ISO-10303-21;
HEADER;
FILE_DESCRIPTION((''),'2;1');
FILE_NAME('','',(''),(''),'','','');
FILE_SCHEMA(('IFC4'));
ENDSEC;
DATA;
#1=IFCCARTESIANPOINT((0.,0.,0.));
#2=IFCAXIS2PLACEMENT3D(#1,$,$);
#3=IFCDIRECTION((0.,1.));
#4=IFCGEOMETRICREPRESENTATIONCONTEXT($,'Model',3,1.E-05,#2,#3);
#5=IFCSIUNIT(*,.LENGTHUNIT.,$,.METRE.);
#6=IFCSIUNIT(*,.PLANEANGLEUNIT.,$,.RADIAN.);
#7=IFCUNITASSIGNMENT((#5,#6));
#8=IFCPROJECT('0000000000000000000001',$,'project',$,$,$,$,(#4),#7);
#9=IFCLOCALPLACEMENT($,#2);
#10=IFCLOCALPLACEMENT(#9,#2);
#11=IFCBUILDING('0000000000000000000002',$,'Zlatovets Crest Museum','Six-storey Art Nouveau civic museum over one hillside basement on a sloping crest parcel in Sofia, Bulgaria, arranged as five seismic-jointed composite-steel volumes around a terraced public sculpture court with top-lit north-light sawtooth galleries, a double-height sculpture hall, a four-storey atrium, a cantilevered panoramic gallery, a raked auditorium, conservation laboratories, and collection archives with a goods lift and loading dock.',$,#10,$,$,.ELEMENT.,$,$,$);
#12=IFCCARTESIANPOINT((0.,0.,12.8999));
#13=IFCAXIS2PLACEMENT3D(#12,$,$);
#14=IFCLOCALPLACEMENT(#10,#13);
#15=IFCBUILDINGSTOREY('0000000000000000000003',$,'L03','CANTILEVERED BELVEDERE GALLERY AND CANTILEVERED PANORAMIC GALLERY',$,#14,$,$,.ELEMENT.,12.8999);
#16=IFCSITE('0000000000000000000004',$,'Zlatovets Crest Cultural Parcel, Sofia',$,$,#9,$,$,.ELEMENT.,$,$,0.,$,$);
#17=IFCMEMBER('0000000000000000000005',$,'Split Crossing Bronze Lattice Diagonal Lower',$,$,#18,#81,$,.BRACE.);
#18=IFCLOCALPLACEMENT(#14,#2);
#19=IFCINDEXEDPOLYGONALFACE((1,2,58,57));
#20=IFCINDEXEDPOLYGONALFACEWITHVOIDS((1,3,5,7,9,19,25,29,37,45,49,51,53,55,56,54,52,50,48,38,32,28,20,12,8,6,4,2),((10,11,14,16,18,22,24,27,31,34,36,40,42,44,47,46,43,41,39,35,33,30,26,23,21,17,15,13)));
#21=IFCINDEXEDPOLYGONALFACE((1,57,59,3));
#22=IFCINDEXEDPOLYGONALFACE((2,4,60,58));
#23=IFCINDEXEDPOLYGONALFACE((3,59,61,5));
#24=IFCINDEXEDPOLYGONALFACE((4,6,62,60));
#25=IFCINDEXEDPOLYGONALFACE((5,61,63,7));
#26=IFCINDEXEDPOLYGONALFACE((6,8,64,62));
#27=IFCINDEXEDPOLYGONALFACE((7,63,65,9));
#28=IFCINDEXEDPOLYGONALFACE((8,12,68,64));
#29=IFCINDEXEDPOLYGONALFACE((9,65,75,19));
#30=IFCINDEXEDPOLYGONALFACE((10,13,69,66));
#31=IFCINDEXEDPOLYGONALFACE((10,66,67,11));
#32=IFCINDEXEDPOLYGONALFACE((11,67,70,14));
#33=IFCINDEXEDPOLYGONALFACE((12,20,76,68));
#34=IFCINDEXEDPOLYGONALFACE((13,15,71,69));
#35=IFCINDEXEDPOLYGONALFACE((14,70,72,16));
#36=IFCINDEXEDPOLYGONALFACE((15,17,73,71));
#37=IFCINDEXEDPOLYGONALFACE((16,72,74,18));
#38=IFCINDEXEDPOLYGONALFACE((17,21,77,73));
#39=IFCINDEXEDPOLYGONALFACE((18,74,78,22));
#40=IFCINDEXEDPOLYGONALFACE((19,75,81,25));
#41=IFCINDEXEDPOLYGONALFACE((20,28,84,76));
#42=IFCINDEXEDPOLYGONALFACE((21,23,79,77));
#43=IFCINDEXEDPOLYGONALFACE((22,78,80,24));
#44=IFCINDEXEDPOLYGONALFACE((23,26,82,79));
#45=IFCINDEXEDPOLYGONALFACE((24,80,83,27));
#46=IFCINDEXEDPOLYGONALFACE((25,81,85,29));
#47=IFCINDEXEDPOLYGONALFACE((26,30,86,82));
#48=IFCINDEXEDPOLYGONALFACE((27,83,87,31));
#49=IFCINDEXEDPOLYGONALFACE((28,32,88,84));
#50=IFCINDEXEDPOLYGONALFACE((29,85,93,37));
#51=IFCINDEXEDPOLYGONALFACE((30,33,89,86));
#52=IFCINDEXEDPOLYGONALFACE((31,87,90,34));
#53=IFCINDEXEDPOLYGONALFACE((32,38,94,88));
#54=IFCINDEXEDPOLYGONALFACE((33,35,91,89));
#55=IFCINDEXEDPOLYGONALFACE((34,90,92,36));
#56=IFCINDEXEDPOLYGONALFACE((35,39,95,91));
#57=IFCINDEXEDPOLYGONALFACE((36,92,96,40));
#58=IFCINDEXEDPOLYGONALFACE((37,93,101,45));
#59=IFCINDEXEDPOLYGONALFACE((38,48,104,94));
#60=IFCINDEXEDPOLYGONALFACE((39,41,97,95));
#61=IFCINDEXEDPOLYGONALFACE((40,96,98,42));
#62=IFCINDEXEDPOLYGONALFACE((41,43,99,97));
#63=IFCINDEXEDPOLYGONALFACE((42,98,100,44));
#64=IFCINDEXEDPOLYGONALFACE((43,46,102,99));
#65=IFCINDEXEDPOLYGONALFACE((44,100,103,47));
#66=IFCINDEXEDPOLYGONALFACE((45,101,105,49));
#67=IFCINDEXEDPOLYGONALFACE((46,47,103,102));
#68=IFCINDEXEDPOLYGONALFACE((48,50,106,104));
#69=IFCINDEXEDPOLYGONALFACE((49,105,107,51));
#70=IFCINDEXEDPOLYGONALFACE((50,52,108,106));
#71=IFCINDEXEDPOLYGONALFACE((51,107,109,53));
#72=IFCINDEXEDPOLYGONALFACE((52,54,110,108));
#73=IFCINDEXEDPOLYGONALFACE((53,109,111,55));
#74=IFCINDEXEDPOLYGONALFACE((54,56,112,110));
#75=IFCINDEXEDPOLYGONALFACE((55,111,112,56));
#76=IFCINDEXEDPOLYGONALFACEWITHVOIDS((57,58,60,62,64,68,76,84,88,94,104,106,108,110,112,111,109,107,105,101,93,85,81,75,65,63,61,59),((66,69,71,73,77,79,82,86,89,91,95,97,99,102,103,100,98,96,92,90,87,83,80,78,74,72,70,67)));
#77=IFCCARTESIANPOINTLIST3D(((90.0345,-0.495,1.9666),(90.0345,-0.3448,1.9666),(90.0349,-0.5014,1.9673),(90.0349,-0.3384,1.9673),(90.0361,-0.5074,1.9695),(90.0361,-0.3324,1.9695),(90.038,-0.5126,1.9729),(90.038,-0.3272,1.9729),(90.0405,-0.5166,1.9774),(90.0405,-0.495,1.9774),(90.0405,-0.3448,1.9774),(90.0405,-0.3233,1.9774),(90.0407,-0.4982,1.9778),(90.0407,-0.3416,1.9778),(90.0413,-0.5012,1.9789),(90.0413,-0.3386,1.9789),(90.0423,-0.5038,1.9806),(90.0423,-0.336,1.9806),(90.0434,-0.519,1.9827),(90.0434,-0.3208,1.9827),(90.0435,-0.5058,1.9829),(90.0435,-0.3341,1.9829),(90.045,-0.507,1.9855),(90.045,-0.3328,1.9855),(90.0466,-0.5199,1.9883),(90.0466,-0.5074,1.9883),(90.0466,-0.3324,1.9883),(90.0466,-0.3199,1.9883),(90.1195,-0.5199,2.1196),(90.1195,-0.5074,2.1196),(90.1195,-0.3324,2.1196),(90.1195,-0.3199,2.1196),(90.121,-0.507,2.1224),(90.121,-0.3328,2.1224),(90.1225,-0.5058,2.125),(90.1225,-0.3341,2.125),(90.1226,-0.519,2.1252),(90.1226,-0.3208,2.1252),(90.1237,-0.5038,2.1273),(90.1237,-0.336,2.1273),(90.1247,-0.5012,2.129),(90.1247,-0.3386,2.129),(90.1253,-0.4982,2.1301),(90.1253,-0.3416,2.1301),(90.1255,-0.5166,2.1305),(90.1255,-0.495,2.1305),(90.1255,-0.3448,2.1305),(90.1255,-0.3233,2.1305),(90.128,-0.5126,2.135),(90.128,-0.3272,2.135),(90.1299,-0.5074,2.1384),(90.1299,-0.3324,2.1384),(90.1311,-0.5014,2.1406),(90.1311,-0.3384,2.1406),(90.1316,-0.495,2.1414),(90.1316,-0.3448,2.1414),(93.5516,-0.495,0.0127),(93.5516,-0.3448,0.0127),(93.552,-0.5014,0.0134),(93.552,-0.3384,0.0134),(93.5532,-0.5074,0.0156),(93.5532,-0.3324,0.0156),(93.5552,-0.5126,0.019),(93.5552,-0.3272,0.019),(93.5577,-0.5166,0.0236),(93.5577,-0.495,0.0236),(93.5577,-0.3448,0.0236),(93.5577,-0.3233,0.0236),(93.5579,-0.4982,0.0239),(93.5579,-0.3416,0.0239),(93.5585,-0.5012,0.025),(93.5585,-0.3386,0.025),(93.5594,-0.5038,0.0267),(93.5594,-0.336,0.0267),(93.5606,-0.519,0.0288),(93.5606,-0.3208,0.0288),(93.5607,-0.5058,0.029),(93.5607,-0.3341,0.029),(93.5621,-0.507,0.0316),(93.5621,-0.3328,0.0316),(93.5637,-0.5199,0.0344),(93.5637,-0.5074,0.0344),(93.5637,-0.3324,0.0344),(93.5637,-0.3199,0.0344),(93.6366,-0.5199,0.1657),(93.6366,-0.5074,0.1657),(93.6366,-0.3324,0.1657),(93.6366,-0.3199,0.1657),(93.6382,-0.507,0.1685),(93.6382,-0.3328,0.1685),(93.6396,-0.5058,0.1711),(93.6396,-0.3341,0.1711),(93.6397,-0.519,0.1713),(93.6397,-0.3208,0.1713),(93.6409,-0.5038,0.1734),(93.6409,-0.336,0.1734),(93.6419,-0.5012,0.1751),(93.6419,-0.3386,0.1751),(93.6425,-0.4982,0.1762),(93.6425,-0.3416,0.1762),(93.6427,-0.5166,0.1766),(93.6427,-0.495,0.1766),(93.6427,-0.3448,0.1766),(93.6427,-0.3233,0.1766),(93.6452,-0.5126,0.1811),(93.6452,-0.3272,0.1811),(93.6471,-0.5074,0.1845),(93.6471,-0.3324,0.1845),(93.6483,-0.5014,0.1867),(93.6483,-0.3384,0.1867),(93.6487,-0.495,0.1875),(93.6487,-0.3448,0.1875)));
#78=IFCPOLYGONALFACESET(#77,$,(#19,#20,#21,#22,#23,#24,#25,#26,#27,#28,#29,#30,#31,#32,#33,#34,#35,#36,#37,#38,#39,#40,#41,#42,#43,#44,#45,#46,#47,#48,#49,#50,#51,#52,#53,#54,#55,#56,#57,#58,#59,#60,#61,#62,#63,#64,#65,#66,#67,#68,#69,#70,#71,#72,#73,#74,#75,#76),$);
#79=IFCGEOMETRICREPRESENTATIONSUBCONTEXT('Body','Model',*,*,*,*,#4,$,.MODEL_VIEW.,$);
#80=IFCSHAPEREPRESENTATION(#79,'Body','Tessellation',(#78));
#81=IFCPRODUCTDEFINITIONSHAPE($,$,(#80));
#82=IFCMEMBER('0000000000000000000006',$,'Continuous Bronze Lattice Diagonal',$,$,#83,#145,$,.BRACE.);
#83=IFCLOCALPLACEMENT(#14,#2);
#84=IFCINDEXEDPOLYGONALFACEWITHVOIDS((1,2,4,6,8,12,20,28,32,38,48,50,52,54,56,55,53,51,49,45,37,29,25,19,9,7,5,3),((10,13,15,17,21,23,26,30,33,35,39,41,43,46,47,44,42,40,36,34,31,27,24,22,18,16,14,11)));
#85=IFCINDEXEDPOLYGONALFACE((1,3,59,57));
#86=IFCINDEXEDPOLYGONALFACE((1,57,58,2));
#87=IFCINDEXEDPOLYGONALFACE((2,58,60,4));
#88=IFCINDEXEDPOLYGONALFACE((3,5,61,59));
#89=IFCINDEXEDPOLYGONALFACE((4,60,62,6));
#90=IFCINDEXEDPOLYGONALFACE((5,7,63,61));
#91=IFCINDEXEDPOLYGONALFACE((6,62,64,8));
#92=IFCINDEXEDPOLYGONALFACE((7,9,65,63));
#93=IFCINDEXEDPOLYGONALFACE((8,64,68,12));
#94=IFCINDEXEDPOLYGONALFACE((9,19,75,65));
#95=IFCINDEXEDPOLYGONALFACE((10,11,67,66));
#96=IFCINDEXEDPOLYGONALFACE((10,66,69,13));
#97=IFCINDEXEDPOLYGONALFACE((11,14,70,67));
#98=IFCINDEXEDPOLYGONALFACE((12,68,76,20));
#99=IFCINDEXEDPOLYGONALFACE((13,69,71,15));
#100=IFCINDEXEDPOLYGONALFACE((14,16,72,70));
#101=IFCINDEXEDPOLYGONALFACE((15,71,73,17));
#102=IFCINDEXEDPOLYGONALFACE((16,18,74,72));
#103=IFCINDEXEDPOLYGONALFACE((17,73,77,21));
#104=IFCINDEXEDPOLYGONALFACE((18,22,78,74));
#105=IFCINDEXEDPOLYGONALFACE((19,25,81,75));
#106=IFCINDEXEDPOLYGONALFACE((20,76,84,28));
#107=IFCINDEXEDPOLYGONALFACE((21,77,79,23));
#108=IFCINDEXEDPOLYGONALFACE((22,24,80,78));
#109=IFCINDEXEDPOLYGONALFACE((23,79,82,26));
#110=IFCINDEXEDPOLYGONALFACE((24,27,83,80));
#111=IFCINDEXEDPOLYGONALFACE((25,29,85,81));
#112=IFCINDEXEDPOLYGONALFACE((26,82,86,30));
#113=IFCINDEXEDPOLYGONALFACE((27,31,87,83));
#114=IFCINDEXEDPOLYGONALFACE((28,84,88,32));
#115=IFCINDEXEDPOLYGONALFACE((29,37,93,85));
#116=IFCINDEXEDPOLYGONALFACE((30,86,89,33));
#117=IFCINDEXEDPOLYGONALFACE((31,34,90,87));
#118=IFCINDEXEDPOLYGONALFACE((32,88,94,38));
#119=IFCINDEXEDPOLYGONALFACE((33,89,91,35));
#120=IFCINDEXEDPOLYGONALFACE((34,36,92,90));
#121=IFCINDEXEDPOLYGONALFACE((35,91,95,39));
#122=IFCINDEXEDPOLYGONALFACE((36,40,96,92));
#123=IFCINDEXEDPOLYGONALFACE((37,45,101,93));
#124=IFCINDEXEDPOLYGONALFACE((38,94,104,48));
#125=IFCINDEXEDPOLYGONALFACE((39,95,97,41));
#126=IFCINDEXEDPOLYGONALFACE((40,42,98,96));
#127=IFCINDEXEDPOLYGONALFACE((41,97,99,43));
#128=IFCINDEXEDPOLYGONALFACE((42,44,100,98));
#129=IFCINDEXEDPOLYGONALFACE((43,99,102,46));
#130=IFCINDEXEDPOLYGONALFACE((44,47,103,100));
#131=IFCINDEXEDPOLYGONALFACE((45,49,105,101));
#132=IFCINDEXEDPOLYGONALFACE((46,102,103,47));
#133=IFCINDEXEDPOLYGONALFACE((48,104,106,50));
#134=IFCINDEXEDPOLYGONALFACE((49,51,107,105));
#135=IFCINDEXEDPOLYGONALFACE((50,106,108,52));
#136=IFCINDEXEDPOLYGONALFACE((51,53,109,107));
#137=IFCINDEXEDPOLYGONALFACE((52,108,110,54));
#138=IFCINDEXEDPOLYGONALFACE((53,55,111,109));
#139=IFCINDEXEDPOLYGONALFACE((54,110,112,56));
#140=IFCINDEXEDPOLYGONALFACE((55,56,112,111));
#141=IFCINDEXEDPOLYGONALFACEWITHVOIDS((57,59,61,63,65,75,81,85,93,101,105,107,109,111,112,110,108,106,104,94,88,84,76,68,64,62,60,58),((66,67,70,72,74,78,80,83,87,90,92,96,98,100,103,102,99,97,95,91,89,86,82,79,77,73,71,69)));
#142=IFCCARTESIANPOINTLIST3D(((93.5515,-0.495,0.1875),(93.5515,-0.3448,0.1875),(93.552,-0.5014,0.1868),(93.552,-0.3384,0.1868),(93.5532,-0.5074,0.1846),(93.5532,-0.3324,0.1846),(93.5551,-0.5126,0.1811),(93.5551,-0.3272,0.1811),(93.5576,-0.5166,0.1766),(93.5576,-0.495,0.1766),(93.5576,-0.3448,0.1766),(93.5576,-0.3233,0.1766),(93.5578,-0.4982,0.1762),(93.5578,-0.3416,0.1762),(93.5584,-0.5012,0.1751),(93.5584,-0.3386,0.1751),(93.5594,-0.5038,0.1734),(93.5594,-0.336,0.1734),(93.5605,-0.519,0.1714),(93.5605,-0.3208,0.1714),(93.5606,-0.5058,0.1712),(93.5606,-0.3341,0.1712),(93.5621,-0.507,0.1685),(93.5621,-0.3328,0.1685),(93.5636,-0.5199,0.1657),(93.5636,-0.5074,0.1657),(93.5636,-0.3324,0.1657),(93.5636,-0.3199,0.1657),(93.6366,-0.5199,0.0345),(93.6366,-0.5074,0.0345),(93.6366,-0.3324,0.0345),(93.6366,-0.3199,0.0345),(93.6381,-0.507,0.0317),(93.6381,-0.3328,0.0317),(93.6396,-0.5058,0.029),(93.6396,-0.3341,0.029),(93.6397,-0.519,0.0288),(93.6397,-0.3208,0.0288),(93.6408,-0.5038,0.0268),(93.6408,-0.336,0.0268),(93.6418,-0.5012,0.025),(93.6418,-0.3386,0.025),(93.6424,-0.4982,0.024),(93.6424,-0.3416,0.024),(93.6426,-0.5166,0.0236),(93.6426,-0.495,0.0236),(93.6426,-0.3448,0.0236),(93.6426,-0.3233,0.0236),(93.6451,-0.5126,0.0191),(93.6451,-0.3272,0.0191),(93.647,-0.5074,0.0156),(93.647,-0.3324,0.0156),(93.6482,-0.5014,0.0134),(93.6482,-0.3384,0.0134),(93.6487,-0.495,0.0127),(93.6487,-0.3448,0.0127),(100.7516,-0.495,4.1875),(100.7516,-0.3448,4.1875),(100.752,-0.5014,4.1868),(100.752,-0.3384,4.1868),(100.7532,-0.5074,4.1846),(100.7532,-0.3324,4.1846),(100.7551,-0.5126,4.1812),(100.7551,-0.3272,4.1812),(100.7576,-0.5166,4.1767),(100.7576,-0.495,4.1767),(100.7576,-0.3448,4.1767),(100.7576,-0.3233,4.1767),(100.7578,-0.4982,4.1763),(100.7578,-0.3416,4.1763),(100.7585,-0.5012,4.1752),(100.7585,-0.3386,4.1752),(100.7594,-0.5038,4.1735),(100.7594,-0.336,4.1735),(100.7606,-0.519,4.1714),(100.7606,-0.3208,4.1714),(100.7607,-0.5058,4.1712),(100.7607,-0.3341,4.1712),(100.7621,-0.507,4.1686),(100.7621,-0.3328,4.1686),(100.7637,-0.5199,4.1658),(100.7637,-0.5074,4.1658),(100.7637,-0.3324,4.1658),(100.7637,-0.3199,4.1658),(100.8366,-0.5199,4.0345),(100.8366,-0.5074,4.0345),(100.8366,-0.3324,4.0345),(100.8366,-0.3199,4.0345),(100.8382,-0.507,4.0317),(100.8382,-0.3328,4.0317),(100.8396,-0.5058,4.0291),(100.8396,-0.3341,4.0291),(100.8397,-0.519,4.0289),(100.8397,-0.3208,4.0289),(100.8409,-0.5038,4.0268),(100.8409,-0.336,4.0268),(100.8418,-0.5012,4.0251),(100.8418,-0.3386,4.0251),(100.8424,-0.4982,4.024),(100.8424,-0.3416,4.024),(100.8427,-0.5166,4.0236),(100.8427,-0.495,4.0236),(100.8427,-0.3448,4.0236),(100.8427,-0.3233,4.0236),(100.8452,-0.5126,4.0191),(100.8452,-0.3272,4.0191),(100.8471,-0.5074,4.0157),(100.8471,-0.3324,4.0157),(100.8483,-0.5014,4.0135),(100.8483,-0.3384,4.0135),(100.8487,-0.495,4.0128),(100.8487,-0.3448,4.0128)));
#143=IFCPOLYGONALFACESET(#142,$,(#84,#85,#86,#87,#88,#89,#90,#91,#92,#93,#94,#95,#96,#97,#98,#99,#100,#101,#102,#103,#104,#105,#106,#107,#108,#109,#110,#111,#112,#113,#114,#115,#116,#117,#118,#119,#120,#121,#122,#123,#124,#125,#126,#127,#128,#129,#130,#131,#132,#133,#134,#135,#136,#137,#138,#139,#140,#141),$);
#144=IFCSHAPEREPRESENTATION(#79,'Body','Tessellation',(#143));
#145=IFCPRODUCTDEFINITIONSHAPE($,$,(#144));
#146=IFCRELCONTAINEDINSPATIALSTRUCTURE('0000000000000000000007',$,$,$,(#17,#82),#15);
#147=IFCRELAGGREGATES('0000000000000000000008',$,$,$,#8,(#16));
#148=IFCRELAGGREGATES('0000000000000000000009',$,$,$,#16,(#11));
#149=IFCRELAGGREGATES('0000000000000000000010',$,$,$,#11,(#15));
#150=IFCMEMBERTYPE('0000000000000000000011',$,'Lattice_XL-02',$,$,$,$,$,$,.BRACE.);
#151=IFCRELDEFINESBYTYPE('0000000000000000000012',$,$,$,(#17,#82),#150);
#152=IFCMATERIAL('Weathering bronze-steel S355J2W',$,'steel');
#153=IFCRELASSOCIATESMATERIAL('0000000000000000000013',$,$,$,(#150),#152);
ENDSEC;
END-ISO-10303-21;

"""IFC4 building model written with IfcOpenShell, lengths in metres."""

from ifc_helpers import new_model, si_unit, direction, frame, origin, origin_2d, place, context, subcontext, project, spatial, hollow_rectangle, extrude, material, material_profile, profile_set, type_object, element, save


model = new_model("IFC4")

# Units and contexts
model_context = context("Model", 3, precision=1e-05, world=origin(), true_north=direction((0.0, 1.0)))
body_context = subcontext(model_context, "Body", "Model", "MODEL_VIEW")
ifc_project = project(units=[si_unit("LENGTHUNIT", "METRE"), si_unit("PLANEANGLEUNIT", "RADIAN")], contexts=[model_context])

# Site, building, storey
site_placement = place(None, origin())
site = spatial("IfcSite", under=ifc_project, at=site_placement, Name="Zlatovets Crest Cultural Parcel, Sofia", CompositionType="ELEMENT", RefElevation=0.0)
building_placement = place(site_placement, origin())
building = spatial("IfcBuilding", under=site, at=building_placement, Name="Zlatovets Crest Museum", Description="Six-storey Art Nouveau civic museum over one hillside basement on a sloping crest parcel in Sofia, Bulgaria, arranged as five seismic-jointed composite-steel volumes around a terraced public sculpture court with top-lit north-light sawtooth galleries, a double-height sculpture hall, a four-storey atrium, a cantilevered panoramic gallery, a raked auditorium, conservation laboratories, and collection archives with a goods lift and loading dock.", CompositionType="ELEMENT")
storey_placement = place(building_placement, frame((0.0, 0.0, 12.8999)))
storey = spatial("IfcBuildingStorey", under=building, at=storey_placement, Name="L03", Description="CANTILEVERED BELVEDERE GALLERY AND CANTILEVERED PANORAMIC GALLERY", CompositionType="ELEMENT", Elevation=12.8999)

# Members
ifc_material_1 = material(Name="Weathering bronze-steel S355J2W", Category="steel")
ifc_material_profile_1 = material_profile(ifc_material_1, hollow_rectangle(XDim=0.2, YDim=0.2, WallThickness=0.0125, InnerFilletRadius=0.0125, OuterFilletRadius=0.0249, at=origin_2d()), Name="SHS 200x200x12.5")
ifc_profile_set_1 = profile_set([ifc_material_profile_1], Name="Weathering bronze-steel S355J2W")
member_type_1 = type_object("IfcMemberType", Name="Lattice_XL-02", PredefinedType="BRACE", material=ifc_profile_set_1)
member_1_placement = place(storey_placement, frame((90.083, -0.4199, 2.054), z_axis=(0.874166, 0.0, -0.485627), x_axis=(0.0, 1.0, 0.0)))
element("IfcMember", 1, at=member_1_placement, inside=storey, type_object=member_type_1, Name="Split Crossing Bronze Lattice Diagonal Lower", PredefinedType="BRACE", context=body_context, shape_type="SweptSolid", body=[
    extrude(hollow_rectangle(XDim=0.2, YDim=0.2, WallThickness=0.0125, InnerFilletRadius=0.0125, OuterFilletRadius=0.0249, at=origin_2d()), origin(), (0.0, 0.0, 1.0), 4.0234),
])
member_2_placement = place(storey_placement, frame((93.6001, -0.4199, 0.1001), z_axis=(0.874156, 0.0, 0.485645), x_axis=(0.0, 1.0, 0.0)))
element("IfcMember", 2, at=member_2_placement, inside=storey, type_object=member_type_1, Name="Continuous Bronze Lattice Diagonal", PredefinedType="BRACE", context=body_context, shape_type="SweptSolid", body=[
    extrude(hollow_rectangle(XDim=0.2, YDim=0.2, WallThickness=0.0125, InnerFilletRadius=0.0125, OuterFilletRadius=0.0249, at=origin_2d()), origin(), (0.0, 0.0, 1.0), 8.2366),
])

save(model, "model.ifc")
